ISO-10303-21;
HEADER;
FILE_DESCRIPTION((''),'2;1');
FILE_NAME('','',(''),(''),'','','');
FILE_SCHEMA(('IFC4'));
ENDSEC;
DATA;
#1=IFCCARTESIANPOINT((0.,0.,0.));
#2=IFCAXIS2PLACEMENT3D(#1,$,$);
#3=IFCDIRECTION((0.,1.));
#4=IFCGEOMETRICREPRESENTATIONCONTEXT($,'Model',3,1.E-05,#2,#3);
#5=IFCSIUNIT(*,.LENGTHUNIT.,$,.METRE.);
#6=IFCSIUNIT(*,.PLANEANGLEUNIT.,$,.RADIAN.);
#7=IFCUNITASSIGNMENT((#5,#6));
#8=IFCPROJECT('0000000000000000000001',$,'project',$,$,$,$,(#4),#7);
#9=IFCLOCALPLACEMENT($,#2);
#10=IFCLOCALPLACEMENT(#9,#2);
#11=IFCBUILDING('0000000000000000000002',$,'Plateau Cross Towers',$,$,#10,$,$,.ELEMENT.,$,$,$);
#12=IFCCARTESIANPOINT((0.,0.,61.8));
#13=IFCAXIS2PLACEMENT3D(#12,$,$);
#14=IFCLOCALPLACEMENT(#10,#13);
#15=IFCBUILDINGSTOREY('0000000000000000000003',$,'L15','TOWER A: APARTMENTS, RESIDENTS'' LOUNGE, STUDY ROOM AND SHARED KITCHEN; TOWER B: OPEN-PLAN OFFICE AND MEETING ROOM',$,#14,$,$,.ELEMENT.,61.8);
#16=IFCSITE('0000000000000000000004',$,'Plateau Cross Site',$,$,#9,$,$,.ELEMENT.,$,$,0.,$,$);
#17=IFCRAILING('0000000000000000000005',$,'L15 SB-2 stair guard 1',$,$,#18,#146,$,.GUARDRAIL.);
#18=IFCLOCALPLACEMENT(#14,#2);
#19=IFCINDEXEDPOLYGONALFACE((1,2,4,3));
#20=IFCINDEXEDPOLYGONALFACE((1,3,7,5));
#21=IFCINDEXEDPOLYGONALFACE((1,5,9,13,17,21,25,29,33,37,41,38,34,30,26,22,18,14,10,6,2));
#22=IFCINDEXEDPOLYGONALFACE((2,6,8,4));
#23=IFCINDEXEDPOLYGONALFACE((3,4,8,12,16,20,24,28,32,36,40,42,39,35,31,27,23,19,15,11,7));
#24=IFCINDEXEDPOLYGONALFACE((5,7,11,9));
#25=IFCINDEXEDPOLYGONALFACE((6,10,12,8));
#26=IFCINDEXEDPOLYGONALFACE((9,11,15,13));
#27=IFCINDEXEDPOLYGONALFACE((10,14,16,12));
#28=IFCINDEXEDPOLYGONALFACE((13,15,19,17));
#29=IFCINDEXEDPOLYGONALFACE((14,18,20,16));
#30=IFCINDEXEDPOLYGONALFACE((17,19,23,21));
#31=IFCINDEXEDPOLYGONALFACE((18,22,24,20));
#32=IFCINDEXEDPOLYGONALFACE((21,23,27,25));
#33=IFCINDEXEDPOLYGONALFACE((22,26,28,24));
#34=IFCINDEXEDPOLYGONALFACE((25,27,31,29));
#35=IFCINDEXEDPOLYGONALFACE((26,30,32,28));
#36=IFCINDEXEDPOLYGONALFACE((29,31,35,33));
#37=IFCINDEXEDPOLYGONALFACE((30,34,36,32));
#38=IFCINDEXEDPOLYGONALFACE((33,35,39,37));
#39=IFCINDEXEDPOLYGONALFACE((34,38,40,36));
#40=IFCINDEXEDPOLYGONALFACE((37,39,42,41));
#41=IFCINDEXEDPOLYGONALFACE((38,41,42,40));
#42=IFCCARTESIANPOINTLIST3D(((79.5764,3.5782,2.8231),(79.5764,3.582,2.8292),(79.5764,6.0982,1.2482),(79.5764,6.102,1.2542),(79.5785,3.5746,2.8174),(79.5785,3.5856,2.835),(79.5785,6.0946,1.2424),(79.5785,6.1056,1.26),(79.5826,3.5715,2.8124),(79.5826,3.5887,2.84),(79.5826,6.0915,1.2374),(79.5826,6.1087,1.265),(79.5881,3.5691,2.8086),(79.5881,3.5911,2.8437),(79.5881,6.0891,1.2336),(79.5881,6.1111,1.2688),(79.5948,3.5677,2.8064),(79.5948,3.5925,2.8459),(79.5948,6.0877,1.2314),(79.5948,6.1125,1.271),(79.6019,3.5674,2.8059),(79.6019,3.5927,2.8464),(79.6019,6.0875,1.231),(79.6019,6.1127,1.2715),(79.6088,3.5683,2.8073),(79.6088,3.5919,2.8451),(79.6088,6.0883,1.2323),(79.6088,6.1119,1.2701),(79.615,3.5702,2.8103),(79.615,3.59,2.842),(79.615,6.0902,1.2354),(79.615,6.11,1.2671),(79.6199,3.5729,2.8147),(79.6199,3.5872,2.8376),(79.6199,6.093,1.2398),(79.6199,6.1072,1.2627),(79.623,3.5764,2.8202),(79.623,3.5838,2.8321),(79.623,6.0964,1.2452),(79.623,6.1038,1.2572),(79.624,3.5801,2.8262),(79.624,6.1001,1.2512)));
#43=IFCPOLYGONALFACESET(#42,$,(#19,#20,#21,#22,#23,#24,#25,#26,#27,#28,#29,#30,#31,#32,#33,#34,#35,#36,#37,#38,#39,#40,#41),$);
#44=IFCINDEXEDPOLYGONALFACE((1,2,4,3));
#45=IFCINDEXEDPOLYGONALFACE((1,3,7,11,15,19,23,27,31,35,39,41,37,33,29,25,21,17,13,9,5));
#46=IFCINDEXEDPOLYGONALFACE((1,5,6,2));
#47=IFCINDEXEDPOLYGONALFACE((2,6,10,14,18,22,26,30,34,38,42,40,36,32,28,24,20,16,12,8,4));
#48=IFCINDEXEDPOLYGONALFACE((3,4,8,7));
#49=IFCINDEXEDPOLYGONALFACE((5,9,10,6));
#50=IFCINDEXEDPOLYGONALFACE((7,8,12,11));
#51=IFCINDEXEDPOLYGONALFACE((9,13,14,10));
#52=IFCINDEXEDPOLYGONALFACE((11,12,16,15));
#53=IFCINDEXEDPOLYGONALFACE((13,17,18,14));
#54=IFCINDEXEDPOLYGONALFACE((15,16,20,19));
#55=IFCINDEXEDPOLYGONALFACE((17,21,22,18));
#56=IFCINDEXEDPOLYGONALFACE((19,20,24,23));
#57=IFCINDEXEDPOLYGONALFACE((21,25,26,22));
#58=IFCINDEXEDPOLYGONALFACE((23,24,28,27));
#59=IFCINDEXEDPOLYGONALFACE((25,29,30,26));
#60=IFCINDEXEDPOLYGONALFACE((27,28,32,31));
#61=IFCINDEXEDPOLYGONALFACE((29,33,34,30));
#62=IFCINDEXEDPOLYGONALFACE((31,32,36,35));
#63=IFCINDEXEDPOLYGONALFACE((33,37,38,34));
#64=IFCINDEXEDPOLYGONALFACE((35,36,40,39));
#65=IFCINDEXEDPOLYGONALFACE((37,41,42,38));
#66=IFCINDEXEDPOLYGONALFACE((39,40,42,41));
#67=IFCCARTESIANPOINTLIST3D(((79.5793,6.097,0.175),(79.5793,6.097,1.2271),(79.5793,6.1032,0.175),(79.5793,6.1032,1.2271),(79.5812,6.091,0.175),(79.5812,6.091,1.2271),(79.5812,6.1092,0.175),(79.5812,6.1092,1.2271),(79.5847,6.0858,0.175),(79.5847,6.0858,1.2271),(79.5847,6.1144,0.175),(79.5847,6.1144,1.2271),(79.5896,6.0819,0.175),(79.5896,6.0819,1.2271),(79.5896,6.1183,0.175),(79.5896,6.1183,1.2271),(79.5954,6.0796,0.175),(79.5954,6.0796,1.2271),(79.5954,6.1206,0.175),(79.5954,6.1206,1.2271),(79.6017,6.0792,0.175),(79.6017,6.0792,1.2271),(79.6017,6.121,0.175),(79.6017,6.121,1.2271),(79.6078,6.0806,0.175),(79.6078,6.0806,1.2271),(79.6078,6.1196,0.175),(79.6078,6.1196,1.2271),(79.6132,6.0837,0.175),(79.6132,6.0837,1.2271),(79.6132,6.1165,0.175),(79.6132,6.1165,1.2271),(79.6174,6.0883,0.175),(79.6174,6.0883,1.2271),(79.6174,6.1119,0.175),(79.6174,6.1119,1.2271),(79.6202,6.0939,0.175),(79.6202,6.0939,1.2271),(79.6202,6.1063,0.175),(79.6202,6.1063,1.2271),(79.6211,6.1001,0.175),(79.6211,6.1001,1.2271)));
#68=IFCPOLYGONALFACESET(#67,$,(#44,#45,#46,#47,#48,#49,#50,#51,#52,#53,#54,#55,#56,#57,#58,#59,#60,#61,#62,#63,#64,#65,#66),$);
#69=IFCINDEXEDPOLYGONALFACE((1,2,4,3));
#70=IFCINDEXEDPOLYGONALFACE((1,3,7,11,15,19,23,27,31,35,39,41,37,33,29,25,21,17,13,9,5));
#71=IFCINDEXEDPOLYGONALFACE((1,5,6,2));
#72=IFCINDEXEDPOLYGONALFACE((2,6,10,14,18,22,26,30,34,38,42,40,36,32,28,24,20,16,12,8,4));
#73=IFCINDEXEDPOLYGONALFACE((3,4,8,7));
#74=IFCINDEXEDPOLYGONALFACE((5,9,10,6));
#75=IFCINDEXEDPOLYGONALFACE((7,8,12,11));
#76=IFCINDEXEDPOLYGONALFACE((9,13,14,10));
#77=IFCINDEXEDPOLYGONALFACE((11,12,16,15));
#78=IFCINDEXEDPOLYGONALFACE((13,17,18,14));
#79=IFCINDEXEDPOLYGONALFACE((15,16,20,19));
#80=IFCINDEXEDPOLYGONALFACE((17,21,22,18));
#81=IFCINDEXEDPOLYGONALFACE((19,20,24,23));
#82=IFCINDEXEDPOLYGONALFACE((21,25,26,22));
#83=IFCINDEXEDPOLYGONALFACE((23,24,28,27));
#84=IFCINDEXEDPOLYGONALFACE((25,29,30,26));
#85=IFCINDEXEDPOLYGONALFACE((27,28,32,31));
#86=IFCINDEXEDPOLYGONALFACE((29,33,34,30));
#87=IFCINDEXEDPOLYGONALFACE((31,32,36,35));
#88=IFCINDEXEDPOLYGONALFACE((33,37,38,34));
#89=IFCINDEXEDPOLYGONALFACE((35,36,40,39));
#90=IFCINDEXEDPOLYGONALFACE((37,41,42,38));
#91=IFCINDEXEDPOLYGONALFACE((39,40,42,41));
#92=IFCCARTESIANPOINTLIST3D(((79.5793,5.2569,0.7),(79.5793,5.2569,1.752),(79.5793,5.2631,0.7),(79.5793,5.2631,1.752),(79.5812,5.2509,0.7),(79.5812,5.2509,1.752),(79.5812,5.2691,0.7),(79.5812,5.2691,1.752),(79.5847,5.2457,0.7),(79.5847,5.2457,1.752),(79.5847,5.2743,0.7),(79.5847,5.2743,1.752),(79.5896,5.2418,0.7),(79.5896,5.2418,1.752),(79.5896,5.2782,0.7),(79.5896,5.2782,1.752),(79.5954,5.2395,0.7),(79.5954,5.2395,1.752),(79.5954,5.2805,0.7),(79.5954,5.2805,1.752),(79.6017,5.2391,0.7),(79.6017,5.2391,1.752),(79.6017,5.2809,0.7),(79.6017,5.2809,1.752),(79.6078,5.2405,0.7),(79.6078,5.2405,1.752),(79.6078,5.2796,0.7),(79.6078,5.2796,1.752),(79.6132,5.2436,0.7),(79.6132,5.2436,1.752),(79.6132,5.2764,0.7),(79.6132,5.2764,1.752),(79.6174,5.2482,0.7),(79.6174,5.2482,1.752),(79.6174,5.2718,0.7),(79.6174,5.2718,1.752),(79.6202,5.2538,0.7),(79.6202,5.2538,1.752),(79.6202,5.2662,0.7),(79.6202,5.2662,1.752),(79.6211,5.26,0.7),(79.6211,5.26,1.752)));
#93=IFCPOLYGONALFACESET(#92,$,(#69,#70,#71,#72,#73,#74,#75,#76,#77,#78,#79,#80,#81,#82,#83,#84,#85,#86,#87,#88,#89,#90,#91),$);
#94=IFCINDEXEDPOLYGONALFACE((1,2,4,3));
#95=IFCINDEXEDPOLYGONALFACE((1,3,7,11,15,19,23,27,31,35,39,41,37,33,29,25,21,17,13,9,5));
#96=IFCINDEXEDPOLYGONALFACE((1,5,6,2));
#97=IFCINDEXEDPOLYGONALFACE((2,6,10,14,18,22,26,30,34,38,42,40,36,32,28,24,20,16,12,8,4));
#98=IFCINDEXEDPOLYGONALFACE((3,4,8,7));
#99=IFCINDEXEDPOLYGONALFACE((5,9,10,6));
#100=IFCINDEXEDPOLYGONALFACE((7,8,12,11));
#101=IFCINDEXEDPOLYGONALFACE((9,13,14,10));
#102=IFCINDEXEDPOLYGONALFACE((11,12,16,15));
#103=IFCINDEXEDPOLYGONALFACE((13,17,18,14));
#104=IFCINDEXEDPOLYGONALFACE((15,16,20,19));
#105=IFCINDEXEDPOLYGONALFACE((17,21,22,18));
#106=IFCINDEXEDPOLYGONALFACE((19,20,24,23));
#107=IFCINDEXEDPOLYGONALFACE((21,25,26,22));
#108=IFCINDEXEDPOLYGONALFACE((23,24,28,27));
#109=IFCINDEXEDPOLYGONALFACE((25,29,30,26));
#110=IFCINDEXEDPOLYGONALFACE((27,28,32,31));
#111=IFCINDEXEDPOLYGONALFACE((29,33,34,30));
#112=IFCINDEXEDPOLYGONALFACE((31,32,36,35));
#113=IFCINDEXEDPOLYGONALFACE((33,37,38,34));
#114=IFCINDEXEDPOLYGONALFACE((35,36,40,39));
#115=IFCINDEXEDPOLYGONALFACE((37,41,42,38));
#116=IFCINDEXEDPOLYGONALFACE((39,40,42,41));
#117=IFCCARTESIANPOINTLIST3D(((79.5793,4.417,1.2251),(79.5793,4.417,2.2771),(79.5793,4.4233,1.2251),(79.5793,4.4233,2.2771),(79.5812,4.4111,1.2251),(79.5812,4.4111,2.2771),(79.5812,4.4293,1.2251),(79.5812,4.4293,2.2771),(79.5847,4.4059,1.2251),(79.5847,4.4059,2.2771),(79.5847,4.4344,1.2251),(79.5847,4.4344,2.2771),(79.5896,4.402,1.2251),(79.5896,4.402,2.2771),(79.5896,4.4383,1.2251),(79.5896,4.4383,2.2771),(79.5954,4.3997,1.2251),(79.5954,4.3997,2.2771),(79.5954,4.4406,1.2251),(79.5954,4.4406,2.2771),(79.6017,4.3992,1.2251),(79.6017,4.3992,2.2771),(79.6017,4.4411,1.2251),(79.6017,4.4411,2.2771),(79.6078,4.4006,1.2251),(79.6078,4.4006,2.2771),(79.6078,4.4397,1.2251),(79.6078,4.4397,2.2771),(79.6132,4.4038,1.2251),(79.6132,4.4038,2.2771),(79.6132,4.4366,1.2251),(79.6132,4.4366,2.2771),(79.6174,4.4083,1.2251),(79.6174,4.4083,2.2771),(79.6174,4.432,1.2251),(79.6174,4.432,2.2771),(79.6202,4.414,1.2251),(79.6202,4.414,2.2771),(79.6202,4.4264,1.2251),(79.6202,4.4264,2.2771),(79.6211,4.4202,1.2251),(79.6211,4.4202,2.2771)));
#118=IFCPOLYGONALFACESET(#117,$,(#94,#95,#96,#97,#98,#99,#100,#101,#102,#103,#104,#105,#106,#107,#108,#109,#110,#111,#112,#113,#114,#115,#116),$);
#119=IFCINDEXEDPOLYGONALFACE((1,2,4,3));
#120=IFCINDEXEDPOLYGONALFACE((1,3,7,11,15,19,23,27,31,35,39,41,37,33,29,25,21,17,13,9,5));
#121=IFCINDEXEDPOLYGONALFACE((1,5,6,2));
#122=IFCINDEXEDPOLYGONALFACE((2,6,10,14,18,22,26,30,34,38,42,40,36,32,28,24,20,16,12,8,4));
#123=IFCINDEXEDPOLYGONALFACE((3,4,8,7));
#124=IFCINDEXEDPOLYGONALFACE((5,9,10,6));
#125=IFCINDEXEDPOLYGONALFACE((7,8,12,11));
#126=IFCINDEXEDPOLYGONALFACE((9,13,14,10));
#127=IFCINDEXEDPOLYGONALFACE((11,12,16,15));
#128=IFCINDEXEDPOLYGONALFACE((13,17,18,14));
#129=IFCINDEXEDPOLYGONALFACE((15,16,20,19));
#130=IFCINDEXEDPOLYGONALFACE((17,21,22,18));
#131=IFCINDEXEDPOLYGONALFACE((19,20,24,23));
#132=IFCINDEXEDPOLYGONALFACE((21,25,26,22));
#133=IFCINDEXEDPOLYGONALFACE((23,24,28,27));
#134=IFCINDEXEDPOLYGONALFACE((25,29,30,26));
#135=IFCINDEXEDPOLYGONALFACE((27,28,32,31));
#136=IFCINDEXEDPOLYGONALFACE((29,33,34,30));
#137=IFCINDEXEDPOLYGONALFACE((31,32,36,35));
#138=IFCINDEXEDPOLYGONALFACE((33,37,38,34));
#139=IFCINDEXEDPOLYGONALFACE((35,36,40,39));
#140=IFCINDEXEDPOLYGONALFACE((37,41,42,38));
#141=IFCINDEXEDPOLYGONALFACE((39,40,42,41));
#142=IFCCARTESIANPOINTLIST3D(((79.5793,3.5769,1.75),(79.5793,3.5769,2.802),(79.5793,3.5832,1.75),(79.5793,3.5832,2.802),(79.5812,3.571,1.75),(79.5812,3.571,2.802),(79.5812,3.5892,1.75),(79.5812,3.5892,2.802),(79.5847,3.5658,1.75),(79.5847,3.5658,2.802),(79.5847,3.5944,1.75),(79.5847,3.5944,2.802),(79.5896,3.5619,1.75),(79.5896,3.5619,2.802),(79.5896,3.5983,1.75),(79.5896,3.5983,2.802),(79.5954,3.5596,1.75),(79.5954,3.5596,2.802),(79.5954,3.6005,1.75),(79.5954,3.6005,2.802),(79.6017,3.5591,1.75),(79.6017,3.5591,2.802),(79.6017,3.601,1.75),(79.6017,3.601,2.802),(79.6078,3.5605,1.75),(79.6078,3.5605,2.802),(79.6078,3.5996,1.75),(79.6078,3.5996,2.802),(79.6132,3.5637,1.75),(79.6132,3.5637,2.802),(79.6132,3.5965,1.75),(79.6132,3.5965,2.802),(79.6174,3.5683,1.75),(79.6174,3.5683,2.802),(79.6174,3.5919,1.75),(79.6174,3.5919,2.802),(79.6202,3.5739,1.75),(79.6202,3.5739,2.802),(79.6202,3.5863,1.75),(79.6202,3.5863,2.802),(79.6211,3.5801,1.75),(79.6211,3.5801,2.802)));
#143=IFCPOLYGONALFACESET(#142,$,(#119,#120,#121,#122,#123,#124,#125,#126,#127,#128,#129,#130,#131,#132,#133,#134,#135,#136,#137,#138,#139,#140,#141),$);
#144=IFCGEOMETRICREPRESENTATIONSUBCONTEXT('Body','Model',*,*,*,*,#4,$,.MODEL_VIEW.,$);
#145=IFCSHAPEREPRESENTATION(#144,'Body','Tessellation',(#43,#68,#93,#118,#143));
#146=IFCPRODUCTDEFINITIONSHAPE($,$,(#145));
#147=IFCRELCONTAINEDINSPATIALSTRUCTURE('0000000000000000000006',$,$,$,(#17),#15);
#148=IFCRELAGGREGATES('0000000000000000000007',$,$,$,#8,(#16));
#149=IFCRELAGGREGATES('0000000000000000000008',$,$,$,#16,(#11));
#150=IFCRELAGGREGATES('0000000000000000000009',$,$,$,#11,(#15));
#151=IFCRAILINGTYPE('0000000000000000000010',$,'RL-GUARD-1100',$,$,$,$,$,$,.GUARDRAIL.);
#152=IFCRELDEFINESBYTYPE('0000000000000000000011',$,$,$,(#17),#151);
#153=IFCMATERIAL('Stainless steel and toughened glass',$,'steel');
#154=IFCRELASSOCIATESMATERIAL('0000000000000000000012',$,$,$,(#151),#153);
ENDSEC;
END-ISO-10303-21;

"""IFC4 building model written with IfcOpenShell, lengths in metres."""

from ifc_helpers import new_model, si_unit, direction, frame, origin, origin_2d, place, context, subcontext, project, spatial, circle, extrude, material, type_object, element, save


model = new_model("IFC4")

# Units and contexts
model_context = context("Model", 3, precision=1e-05, world=origin(), true_north=direction((0.0, 1.0)))
body_context = subcontext(model_context, "Body", "Model", "MODEL_VIEW")
ifc_project = project(units=[si_unit("LENGTHUNIT", "METRE"), si_unit("PLANEANGLEUNIT", "RADIAN")], contexts=[model_context])

# Site, building, storey
site_placement = place(None, origin())
site = spatial("IfcSite", under=ifc_project, at=site_placement, Name="Plateau Cross Site", CompositionType="ELEMENT", RefElevation=0.0)
building_placement = place(site_placement, origin())
building = spatial("IfcBuilding", under=site, at=building_placement, Name="Plateau Cross Towers", CompositionType="ELEMENT")
storey_placement = place(building_placement, frame((0.0, 0.0, 61.8)))
storey = spatial("IfcBuildingStorey", under=building, at=storey_placement, Name="L15", Description="TOWER A: APARTMENTS, RESIDENTS' LOUNGE, STUDY ROOM AND SHARED KITCHEN; TOWER B: OPEN-PLAN OFFICE AND MEETING ROOM", CompositionType="ELEMENT", Elevation=61.8)

# Railing
ifc_material_1 = material(Name="Stainless steel and toughened glass", Category="steel")
railing_type = type_object("IfcRailingType", Name="RL-GUARD-1100", PredefinedType="GUARDRAIL", material=ifc_material_1)
railing_1_placement = place(storey_placement, frame((79.6001, 6.1001, 0.175)))
element("IfcRailing", 1, at=railing_1_placement, inside=storey, type_object=railing_type, Name="L15 SB-2 stair guard 1", PredefinedType="GUARDRAIL", context=body_context, shape_type="SweptSolid", body=[
    extrude(circle(Radius=0.0239, at=origin_2d()), frame((0.0, 0.0, 1.0762), z_axis=(0.0, -0.848008, 0.529984), x_axis=(1.0, 0.0, 0.0)), (0.0, 0.0, 1.0), 2.9717),
    extrude(circle(Radius=0.021, at=origin_2d()), origin(), (0.0, 0.0, 1.0), 1.052),
    extrude(circle(Radius=0.021, at=origin_2d()), frame((0.0, -0.8401, 0.5249)), (0.0, 0.0, 1.0), 1.052),
    extrude(circle(Radius=0.021, at=origin_2d()), frame((0.0, -1.6799, 1.05)), (0.0, 0.0, 1.0), 1.052),
    extrude(circle(Radius=0.021, at=origin_2d()), frame((0.0, -2.52, 1.575)), (0.0, 0.0, 1.0), 1.052),
])

save(model, "model.ifc")
